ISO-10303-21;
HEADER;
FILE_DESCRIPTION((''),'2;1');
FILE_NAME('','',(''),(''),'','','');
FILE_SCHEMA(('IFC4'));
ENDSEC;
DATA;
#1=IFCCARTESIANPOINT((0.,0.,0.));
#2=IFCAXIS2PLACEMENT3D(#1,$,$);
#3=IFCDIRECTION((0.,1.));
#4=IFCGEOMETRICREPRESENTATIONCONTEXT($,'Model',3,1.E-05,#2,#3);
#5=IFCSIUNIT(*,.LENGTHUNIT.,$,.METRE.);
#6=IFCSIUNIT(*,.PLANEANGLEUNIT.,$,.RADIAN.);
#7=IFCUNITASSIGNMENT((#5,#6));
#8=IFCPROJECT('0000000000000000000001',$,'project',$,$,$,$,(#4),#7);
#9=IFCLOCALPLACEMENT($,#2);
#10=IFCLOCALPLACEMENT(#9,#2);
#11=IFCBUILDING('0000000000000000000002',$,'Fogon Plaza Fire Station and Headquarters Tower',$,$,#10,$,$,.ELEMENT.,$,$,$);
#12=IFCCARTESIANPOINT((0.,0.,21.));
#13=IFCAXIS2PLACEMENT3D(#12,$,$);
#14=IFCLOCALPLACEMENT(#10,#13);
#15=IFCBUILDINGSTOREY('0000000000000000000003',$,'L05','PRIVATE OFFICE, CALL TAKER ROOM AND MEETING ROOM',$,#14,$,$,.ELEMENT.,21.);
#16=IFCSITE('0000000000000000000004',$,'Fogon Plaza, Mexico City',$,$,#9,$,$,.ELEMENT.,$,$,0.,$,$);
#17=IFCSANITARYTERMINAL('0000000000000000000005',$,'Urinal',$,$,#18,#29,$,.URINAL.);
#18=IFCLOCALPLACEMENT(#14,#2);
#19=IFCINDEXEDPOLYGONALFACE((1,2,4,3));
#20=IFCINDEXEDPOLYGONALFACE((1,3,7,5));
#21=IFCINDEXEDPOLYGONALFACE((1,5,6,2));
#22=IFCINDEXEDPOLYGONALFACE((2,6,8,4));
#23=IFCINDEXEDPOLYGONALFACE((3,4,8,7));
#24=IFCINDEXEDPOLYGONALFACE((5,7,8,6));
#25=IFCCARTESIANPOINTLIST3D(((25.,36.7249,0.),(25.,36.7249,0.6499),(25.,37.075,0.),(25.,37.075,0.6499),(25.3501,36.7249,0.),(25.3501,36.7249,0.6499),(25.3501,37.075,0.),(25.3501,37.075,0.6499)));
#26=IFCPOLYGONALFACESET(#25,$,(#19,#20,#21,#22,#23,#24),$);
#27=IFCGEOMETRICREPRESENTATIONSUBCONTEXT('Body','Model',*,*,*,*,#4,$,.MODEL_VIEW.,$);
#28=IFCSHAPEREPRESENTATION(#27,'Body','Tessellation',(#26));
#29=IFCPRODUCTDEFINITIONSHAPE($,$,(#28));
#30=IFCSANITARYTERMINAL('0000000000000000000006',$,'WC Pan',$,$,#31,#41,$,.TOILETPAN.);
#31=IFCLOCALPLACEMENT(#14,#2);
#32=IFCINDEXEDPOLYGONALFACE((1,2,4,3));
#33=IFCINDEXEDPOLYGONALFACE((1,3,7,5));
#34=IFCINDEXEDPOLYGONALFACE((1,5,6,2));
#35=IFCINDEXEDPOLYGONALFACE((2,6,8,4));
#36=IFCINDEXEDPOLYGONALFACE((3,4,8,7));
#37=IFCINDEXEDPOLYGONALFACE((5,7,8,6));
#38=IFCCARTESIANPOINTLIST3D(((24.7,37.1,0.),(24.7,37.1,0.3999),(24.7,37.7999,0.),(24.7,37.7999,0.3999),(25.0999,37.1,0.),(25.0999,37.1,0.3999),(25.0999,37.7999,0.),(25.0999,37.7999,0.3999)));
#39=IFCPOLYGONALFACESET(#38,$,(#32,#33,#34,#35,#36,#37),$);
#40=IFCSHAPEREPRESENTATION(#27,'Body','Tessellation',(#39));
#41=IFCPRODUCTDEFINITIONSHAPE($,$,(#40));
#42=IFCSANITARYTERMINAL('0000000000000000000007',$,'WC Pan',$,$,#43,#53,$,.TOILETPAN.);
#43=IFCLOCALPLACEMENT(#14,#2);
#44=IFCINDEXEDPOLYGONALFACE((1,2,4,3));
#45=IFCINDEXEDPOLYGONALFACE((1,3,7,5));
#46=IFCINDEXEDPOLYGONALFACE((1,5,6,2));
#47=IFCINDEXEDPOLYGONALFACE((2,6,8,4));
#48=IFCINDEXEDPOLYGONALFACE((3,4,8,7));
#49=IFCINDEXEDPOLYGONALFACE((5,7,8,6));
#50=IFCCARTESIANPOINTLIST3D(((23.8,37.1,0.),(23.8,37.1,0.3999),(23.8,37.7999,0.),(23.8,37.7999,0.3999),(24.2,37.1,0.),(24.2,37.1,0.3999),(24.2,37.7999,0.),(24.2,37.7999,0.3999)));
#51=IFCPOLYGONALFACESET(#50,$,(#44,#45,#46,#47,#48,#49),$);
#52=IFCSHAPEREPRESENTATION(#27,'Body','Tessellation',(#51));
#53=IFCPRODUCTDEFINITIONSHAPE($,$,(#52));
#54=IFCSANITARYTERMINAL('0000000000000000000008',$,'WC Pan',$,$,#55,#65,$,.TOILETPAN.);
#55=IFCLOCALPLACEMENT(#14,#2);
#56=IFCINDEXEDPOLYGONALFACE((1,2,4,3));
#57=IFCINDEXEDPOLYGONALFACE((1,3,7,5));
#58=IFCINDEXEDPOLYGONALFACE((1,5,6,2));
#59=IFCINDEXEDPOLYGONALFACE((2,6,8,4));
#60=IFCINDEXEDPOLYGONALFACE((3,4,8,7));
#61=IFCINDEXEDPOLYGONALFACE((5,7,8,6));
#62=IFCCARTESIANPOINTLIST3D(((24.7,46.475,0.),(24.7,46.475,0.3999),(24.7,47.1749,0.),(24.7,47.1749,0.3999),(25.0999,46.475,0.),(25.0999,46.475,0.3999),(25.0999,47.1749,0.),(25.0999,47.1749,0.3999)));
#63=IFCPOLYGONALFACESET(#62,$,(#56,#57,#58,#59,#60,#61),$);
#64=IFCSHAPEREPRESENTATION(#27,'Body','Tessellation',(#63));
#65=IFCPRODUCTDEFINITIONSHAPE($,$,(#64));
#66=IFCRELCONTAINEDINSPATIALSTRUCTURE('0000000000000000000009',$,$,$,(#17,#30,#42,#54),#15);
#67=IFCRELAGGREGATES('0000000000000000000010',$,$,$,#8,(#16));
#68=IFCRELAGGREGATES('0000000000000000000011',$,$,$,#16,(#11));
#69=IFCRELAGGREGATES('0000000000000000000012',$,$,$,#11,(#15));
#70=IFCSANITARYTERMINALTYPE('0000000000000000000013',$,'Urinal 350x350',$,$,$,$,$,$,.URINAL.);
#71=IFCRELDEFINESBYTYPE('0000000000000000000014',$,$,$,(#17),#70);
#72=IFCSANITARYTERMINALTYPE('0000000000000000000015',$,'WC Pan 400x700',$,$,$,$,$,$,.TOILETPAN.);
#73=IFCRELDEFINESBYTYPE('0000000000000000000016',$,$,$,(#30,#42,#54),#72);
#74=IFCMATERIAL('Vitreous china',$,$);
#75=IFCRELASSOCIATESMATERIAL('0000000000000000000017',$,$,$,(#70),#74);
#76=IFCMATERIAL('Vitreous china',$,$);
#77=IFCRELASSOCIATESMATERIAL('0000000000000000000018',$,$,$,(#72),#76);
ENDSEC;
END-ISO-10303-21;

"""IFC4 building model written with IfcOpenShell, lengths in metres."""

from ifc_helpers import new_model, si_unit, direction, frame, origin, origin_2d, place, context, subcontext, project, spatial, rectangle, extrude, material, type_object, element, save


model = new_model("IFC4")

# Units and contexts
model_context = context("Model", 3, precision=1e-05, world=origin(), true_north=direction((0.0, 1.0)))
body_context = subcontext(model_context, "Body", "Model", "MODEL_VIEW")
ifc_project = project(units=[si_unit("LENGTHUNIT", "METRE"), si_unit("PLANEANGLEUNIT", "RADIAN")], contexts=[model_context])

# Site, building, storey
site_placement = place(None, origin())
site = spatial("IfcSite", under=ifc_project, at=site_placement, Name="Fogon Plaza, Mexico City", CompositionType="ELEMENT", RefElevation=0.0)
building_placement = place(site_placement, origin())
building = spatial("IfcBuilding", under=site, at=building_placement, Name="Fogon Plaza Fire Station and Headquarters Tower", CompositionType="ELEMENT")
storey_placement = place(building_placement, frame((0.0, 0.0, 21.0)))
storey = spatial("IfcBuildingStorey", under=building, at=storey_placement, Name="L05", Description="PRIVATE OFFICE, CALL TAKER ROOM AND MEETING ROOM", CompositionType="ELEMENT", Elevation=21.0)

# Sanitary terminals
ifc_material_1 = material(Name="Vitreous china")
sanitary_terminal_type_1 = type_object("IfcSanitaryTerminalType", Name="Urinal 350x350", PredefinedType="URINAL", material=ifc_material_1)
for number, where, z_axis, x_axis, name in (
    (1, (25.175, 36.8999, 0.0), (0.0, 0.0, 1.0), (1.0, 0.0, 0.0), "Urinal"),
):
    element("IfcSanitaryTerminal", number, at=place(storey_placement, frame(where, z_axis=z_axis, x_axis=x_axis)), inside=storey, type_object=sanitary_terminal_type_1, Name=name, PredefinedType="URINAL", context=body_context, shape_type="SweptSolid", body=[
        extrude(rectangle(XDim=0.3501, YDim=0.3501, at=origin_2d()), origin(), (0.0, 0.0, 1.0), 0.6499),
    ])
ifc_material_2 = material(Name="Vitreous china")
sanitary_terminal_type_2 = type_object("IfcSanitaryTerminalType", Name="WC Pan 400x700", PredefinedType="TOILETPAN", material=ifc_material_2)
for number, where, z_axis, x_axis, name in (
    (2, (24.8999, 37.45, 0.0), (0.0, 0.0, 1.0), (1.0, 0.0, 0.0), "WC Pan"),
    (3, (24.0, 37.45, 0.0), (0.0, 0.0, 1.0), (1.0, 0.0, 0.0), "WC Pan"),
    (4, (24.8999, 46.825, 0.0), (0.0, 0.0, 1.0), (1.0, 0.0, 0.0), "WC Pan"),
):
    element("IfcSanitaryTerminal", number, at=place(storey_placement, frame(where, z_axis=z_axis, x_axis=x_axis)), inside=storey, type_object=sanitary_terminal_type_2, Name=name, PredefinedType="TOILETPAN", context=body_context, shape_type="SweptSolid", body=[
        extrude(rectangle(XDim=0.3999, YDim=0.7, at=origin_2d()), origin(), (0.0, 0.0, 1.0), 0.3999),
    ])

save(model, "model.ifc")
